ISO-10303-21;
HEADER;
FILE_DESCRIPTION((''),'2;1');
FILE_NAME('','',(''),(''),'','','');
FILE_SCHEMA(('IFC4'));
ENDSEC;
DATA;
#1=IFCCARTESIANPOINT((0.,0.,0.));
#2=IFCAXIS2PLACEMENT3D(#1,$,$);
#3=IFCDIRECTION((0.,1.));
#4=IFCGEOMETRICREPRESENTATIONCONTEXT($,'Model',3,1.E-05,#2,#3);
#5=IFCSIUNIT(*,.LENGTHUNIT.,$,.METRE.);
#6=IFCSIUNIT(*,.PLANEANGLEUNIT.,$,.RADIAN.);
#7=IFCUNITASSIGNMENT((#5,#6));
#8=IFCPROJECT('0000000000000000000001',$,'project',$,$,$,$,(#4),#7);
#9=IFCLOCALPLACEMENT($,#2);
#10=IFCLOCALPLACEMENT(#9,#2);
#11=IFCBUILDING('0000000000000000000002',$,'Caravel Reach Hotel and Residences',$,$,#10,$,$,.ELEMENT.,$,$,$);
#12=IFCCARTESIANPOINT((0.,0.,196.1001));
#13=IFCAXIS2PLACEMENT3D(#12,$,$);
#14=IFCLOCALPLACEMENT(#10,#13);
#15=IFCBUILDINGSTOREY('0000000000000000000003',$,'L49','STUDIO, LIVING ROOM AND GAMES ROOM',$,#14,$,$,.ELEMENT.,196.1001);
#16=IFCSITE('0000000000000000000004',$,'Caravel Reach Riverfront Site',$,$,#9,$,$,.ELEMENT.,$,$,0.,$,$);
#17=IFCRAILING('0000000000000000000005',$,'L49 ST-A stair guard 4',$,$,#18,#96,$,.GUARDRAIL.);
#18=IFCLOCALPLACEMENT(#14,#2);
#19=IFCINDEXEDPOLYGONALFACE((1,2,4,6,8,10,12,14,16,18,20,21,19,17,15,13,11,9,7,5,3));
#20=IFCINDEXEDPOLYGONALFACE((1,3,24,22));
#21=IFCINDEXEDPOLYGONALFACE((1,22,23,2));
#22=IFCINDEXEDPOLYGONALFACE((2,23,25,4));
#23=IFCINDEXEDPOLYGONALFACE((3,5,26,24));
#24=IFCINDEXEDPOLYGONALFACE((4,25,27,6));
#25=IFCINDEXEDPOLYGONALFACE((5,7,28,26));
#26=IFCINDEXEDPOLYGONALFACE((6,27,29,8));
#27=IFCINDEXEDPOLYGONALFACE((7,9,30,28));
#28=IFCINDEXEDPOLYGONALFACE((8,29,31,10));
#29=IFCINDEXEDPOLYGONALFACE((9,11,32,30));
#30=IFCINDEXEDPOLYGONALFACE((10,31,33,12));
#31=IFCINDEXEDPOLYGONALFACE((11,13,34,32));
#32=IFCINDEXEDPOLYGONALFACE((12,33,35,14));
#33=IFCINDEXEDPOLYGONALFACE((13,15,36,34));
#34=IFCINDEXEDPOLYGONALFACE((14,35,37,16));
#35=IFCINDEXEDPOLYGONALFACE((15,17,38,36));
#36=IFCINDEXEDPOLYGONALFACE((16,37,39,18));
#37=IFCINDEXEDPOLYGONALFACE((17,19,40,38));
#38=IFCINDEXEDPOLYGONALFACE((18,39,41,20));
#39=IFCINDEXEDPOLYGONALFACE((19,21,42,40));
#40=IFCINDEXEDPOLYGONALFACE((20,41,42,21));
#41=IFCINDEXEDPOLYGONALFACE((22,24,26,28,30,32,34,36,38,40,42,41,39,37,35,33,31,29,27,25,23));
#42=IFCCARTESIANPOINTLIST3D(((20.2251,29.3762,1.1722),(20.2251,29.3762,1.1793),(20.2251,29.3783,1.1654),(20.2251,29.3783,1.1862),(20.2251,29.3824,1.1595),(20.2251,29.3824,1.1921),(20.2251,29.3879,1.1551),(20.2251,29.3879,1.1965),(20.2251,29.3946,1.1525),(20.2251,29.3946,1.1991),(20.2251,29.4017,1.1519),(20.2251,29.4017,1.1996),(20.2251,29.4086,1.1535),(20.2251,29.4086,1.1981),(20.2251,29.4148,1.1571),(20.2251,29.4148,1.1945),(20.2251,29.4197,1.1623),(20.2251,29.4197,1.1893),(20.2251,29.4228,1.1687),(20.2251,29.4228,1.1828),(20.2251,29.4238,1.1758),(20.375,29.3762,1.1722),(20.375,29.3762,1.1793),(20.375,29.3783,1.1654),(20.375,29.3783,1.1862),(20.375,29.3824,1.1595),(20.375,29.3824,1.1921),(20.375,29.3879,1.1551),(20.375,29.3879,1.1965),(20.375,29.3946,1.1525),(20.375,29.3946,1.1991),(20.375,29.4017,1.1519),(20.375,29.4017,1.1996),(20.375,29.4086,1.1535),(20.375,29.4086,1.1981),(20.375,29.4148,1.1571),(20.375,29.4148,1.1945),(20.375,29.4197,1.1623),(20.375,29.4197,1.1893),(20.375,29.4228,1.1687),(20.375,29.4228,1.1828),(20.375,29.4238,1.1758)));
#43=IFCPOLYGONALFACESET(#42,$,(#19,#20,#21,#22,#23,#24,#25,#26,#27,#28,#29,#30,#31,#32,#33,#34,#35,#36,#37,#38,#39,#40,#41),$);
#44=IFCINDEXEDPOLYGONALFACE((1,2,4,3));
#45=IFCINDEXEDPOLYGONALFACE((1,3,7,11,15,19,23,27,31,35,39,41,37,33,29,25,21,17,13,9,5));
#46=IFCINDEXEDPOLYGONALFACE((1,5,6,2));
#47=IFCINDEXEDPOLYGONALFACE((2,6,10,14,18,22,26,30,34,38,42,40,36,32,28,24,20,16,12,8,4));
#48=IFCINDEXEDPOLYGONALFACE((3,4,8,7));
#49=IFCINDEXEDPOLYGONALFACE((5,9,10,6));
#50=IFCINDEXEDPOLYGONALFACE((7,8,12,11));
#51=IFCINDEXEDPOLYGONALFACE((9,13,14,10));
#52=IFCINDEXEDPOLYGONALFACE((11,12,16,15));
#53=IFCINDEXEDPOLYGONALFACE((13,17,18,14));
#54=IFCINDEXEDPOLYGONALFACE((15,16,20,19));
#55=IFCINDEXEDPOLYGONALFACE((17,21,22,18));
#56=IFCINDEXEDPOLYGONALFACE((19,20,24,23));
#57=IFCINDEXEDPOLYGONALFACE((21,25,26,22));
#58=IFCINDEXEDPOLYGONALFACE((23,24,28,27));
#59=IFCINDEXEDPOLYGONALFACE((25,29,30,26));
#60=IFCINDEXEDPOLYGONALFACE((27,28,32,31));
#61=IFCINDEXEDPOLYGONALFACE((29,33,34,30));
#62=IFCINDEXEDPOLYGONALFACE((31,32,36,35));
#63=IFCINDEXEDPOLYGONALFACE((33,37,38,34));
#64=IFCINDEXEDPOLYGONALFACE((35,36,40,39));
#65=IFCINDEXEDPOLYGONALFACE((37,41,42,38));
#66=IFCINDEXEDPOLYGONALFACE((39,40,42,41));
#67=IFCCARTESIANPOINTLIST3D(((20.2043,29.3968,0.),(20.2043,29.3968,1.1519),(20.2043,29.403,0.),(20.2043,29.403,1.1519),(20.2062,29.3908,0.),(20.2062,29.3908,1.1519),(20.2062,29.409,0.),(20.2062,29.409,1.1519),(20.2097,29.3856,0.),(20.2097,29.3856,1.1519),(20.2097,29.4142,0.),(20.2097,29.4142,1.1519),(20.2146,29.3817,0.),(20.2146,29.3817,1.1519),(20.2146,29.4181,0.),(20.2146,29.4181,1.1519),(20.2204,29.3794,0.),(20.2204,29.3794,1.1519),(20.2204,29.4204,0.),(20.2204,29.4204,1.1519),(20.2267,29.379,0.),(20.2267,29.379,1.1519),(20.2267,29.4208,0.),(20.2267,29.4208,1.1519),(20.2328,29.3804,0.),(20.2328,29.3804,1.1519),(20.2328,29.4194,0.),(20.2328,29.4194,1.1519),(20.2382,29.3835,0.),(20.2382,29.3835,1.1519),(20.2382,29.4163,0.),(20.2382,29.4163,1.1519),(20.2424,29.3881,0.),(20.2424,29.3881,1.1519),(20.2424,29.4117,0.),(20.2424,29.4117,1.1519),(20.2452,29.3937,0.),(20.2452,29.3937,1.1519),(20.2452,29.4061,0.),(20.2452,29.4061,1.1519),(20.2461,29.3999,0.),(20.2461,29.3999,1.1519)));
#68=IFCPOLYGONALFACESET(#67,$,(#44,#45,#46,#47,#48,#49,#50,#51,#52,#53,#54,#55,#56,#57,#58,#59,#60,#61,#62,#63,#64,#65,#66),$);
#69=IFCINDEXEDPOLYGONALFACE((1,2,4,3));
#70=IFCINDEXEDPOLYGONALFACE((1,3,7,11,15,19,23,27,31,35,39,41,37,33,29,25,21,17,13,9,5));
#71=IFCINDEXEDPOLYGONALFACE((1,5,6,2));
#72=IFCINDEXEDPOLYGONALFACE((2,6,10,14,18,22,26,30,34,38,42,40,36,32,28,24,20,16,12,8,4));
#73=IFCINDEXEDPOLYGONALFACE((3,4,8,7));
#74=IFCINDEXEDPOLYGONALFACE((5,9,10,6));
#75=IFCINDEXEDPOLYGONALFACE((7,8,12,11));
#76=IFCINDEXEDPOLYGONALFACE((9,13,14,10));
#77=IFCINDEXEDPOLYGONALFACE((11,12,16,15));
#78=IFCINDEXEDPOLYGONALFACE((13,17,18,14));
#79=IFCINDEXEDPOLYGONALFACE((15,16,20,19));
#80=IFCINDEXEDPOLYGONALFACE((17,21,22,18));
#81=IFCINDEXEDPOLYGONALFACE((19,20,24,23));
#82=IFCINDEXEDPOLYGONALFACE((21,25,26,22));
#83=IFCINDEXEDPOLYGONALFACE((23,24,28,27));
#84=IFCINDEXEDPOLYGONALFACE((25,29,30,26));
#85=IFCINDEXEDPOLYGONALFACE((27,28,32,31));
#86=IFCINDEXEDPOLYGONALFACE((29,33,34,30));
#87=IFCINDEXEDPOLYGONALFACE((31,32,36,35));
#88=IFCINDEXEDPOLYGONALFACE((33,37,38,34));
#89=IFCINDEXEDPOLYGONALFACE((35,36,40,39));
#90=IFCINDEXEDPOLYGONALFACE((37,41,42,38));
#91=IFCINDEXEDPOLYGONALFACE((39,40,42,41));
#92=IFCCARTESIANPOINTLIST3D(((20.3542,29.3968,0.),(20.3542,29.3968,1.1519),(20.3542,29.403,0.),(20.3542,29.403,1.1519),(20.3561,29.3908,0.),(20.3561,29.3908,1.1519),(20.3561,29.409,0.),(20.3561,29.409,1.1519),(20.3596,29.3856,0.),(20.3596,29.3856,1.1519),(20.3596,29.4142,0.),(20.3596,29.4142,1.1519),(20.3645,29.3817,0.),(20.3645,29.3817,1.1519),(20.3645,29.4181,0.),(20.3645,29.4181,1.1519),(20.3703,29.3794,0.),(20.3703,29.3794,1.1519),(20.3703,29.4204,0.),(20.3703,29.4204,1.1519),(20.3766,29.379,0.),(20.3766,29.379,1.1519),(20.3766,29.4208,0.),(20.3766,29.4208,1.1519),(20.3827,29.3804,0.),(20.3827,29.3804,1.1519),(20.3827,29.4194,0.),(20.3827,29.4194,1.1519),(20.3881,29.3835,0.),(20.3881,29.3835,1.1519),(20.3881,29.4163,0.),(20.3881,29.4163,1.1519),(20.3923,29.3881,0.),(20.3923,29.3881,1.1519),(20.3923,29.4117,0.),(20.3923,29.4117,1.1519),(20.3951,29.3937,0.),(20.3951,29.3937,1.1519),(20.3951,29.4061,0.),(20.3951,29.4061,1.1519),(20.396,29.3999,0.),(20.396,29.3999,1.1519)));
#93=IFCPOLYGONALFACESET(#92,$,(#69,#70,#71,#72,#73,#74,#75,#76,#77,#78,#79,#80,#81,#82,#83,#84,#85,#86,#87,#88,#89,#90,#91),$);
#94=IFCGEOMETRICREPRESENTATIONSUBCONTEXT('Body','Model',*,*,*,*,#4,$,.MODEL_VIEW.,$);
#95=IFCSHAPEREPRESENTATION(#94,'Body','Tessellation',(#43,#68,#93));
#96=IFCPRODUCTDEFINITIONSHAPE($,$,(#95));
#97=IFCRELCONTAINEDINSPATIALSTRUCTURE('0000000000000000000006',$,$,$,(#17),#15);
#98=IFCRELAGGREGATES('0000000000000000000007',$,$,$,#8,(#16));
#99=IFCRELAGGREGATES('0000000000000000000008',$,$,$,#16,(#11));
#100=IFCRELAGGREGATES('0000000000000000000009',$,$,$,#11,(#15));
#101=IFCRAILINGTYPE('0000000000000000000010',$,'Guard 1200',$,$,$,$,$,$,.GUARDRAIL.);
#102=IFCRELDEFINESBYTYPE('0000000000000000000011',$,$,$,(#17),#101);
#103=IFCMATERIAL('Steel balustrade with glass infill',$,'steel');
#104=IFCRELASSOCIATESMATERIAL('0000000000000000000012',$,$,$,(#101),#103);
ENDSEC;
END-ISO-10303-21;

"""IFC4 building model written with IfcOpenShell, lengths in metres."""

from ifc_helpers import new_model, si_unit, direction, frame, origin, origin_2d, place, context, subcontext, project, spatial, circle, extrude, material, type_object, element, save


model = new_model("IFC4")

# Units and contexts
model_context = context("Model", 3, precision=1e-05, world=origin(), true_north=direction((0.0, 1.0)))
body_context = subcontext(model_context, "Body", "Model", "MODEL_VIEW")
ifc_project = project(units=[si_unit("LENGTHUNIT", "METRE"), si_unit("PLANEANGLEUNIT", "RADIAN")], contexts=[model_context])

# Site, building, storey
site_placement = place(None, origin())
site = spatial("IfcSite", under=ifc_project, at=site_placement, Name="Caravel Reach Riverfront Site", CompositionType="ELEMENT", RefElevation=0.0)
building_placement = place(site_placement, origin())
building = spatial("IfcBuilding", under=site, at=building_placement, Name="Caravel Reach Hotel and Residences", CompositionType="ELEMENT")
storey_placement = place(building_placement, frame((0.0, 0.0, 196.1001)))
storey = spatial("IfcBuildingStorey", under=building, at=storey_placement, Name="L49", Description="STUDIO, LIVING ROOM AND GAMES ROOM", CompositionType="ELEMENT", Elevation=196.1001)

# Railing
ifc_material_1 = material(Name="Steel balustrade with glass infill", Category="steel")
railing_type_1 = type_object("IfcRailingType", Name="Guard 1200", PredefinedType="GUARDRAIL", material=ifc_material_1)
railing_1_placement = place(storey_placement, frame((20.2251, 29.3999, 0.0)))
element("IfcRailing", 1, at=railing_1_placement, inside=storey, type_object=railing_type_1, Name="L49 ST-A stair guard 4", PredefinedType="GUARDRAIL", context=body_context, shape_type="SweptSolid", body=[
    extrude(circle(Radius=0.0239, at=origin_2d()), frame((0.0, 0.0, 1.1758), z_axis=(1.0, 0.0, 0.0), x_axis=(0.0, 1.0, 0.0)), (0.0, 0.0, 1.0), 0.1499),
    extrude(circle(Radius=0.021, at=origin_2d()), origin(), (0.0, 0.0, 1.0), 1.1519),
    extrude(circle(Radius=0.021, at=origin_2d()), frame((0.1499, 0.0, 0.0)), (0.0, 0.0, 1.0), 1.1519),
])

save(model, "model.ifc")
